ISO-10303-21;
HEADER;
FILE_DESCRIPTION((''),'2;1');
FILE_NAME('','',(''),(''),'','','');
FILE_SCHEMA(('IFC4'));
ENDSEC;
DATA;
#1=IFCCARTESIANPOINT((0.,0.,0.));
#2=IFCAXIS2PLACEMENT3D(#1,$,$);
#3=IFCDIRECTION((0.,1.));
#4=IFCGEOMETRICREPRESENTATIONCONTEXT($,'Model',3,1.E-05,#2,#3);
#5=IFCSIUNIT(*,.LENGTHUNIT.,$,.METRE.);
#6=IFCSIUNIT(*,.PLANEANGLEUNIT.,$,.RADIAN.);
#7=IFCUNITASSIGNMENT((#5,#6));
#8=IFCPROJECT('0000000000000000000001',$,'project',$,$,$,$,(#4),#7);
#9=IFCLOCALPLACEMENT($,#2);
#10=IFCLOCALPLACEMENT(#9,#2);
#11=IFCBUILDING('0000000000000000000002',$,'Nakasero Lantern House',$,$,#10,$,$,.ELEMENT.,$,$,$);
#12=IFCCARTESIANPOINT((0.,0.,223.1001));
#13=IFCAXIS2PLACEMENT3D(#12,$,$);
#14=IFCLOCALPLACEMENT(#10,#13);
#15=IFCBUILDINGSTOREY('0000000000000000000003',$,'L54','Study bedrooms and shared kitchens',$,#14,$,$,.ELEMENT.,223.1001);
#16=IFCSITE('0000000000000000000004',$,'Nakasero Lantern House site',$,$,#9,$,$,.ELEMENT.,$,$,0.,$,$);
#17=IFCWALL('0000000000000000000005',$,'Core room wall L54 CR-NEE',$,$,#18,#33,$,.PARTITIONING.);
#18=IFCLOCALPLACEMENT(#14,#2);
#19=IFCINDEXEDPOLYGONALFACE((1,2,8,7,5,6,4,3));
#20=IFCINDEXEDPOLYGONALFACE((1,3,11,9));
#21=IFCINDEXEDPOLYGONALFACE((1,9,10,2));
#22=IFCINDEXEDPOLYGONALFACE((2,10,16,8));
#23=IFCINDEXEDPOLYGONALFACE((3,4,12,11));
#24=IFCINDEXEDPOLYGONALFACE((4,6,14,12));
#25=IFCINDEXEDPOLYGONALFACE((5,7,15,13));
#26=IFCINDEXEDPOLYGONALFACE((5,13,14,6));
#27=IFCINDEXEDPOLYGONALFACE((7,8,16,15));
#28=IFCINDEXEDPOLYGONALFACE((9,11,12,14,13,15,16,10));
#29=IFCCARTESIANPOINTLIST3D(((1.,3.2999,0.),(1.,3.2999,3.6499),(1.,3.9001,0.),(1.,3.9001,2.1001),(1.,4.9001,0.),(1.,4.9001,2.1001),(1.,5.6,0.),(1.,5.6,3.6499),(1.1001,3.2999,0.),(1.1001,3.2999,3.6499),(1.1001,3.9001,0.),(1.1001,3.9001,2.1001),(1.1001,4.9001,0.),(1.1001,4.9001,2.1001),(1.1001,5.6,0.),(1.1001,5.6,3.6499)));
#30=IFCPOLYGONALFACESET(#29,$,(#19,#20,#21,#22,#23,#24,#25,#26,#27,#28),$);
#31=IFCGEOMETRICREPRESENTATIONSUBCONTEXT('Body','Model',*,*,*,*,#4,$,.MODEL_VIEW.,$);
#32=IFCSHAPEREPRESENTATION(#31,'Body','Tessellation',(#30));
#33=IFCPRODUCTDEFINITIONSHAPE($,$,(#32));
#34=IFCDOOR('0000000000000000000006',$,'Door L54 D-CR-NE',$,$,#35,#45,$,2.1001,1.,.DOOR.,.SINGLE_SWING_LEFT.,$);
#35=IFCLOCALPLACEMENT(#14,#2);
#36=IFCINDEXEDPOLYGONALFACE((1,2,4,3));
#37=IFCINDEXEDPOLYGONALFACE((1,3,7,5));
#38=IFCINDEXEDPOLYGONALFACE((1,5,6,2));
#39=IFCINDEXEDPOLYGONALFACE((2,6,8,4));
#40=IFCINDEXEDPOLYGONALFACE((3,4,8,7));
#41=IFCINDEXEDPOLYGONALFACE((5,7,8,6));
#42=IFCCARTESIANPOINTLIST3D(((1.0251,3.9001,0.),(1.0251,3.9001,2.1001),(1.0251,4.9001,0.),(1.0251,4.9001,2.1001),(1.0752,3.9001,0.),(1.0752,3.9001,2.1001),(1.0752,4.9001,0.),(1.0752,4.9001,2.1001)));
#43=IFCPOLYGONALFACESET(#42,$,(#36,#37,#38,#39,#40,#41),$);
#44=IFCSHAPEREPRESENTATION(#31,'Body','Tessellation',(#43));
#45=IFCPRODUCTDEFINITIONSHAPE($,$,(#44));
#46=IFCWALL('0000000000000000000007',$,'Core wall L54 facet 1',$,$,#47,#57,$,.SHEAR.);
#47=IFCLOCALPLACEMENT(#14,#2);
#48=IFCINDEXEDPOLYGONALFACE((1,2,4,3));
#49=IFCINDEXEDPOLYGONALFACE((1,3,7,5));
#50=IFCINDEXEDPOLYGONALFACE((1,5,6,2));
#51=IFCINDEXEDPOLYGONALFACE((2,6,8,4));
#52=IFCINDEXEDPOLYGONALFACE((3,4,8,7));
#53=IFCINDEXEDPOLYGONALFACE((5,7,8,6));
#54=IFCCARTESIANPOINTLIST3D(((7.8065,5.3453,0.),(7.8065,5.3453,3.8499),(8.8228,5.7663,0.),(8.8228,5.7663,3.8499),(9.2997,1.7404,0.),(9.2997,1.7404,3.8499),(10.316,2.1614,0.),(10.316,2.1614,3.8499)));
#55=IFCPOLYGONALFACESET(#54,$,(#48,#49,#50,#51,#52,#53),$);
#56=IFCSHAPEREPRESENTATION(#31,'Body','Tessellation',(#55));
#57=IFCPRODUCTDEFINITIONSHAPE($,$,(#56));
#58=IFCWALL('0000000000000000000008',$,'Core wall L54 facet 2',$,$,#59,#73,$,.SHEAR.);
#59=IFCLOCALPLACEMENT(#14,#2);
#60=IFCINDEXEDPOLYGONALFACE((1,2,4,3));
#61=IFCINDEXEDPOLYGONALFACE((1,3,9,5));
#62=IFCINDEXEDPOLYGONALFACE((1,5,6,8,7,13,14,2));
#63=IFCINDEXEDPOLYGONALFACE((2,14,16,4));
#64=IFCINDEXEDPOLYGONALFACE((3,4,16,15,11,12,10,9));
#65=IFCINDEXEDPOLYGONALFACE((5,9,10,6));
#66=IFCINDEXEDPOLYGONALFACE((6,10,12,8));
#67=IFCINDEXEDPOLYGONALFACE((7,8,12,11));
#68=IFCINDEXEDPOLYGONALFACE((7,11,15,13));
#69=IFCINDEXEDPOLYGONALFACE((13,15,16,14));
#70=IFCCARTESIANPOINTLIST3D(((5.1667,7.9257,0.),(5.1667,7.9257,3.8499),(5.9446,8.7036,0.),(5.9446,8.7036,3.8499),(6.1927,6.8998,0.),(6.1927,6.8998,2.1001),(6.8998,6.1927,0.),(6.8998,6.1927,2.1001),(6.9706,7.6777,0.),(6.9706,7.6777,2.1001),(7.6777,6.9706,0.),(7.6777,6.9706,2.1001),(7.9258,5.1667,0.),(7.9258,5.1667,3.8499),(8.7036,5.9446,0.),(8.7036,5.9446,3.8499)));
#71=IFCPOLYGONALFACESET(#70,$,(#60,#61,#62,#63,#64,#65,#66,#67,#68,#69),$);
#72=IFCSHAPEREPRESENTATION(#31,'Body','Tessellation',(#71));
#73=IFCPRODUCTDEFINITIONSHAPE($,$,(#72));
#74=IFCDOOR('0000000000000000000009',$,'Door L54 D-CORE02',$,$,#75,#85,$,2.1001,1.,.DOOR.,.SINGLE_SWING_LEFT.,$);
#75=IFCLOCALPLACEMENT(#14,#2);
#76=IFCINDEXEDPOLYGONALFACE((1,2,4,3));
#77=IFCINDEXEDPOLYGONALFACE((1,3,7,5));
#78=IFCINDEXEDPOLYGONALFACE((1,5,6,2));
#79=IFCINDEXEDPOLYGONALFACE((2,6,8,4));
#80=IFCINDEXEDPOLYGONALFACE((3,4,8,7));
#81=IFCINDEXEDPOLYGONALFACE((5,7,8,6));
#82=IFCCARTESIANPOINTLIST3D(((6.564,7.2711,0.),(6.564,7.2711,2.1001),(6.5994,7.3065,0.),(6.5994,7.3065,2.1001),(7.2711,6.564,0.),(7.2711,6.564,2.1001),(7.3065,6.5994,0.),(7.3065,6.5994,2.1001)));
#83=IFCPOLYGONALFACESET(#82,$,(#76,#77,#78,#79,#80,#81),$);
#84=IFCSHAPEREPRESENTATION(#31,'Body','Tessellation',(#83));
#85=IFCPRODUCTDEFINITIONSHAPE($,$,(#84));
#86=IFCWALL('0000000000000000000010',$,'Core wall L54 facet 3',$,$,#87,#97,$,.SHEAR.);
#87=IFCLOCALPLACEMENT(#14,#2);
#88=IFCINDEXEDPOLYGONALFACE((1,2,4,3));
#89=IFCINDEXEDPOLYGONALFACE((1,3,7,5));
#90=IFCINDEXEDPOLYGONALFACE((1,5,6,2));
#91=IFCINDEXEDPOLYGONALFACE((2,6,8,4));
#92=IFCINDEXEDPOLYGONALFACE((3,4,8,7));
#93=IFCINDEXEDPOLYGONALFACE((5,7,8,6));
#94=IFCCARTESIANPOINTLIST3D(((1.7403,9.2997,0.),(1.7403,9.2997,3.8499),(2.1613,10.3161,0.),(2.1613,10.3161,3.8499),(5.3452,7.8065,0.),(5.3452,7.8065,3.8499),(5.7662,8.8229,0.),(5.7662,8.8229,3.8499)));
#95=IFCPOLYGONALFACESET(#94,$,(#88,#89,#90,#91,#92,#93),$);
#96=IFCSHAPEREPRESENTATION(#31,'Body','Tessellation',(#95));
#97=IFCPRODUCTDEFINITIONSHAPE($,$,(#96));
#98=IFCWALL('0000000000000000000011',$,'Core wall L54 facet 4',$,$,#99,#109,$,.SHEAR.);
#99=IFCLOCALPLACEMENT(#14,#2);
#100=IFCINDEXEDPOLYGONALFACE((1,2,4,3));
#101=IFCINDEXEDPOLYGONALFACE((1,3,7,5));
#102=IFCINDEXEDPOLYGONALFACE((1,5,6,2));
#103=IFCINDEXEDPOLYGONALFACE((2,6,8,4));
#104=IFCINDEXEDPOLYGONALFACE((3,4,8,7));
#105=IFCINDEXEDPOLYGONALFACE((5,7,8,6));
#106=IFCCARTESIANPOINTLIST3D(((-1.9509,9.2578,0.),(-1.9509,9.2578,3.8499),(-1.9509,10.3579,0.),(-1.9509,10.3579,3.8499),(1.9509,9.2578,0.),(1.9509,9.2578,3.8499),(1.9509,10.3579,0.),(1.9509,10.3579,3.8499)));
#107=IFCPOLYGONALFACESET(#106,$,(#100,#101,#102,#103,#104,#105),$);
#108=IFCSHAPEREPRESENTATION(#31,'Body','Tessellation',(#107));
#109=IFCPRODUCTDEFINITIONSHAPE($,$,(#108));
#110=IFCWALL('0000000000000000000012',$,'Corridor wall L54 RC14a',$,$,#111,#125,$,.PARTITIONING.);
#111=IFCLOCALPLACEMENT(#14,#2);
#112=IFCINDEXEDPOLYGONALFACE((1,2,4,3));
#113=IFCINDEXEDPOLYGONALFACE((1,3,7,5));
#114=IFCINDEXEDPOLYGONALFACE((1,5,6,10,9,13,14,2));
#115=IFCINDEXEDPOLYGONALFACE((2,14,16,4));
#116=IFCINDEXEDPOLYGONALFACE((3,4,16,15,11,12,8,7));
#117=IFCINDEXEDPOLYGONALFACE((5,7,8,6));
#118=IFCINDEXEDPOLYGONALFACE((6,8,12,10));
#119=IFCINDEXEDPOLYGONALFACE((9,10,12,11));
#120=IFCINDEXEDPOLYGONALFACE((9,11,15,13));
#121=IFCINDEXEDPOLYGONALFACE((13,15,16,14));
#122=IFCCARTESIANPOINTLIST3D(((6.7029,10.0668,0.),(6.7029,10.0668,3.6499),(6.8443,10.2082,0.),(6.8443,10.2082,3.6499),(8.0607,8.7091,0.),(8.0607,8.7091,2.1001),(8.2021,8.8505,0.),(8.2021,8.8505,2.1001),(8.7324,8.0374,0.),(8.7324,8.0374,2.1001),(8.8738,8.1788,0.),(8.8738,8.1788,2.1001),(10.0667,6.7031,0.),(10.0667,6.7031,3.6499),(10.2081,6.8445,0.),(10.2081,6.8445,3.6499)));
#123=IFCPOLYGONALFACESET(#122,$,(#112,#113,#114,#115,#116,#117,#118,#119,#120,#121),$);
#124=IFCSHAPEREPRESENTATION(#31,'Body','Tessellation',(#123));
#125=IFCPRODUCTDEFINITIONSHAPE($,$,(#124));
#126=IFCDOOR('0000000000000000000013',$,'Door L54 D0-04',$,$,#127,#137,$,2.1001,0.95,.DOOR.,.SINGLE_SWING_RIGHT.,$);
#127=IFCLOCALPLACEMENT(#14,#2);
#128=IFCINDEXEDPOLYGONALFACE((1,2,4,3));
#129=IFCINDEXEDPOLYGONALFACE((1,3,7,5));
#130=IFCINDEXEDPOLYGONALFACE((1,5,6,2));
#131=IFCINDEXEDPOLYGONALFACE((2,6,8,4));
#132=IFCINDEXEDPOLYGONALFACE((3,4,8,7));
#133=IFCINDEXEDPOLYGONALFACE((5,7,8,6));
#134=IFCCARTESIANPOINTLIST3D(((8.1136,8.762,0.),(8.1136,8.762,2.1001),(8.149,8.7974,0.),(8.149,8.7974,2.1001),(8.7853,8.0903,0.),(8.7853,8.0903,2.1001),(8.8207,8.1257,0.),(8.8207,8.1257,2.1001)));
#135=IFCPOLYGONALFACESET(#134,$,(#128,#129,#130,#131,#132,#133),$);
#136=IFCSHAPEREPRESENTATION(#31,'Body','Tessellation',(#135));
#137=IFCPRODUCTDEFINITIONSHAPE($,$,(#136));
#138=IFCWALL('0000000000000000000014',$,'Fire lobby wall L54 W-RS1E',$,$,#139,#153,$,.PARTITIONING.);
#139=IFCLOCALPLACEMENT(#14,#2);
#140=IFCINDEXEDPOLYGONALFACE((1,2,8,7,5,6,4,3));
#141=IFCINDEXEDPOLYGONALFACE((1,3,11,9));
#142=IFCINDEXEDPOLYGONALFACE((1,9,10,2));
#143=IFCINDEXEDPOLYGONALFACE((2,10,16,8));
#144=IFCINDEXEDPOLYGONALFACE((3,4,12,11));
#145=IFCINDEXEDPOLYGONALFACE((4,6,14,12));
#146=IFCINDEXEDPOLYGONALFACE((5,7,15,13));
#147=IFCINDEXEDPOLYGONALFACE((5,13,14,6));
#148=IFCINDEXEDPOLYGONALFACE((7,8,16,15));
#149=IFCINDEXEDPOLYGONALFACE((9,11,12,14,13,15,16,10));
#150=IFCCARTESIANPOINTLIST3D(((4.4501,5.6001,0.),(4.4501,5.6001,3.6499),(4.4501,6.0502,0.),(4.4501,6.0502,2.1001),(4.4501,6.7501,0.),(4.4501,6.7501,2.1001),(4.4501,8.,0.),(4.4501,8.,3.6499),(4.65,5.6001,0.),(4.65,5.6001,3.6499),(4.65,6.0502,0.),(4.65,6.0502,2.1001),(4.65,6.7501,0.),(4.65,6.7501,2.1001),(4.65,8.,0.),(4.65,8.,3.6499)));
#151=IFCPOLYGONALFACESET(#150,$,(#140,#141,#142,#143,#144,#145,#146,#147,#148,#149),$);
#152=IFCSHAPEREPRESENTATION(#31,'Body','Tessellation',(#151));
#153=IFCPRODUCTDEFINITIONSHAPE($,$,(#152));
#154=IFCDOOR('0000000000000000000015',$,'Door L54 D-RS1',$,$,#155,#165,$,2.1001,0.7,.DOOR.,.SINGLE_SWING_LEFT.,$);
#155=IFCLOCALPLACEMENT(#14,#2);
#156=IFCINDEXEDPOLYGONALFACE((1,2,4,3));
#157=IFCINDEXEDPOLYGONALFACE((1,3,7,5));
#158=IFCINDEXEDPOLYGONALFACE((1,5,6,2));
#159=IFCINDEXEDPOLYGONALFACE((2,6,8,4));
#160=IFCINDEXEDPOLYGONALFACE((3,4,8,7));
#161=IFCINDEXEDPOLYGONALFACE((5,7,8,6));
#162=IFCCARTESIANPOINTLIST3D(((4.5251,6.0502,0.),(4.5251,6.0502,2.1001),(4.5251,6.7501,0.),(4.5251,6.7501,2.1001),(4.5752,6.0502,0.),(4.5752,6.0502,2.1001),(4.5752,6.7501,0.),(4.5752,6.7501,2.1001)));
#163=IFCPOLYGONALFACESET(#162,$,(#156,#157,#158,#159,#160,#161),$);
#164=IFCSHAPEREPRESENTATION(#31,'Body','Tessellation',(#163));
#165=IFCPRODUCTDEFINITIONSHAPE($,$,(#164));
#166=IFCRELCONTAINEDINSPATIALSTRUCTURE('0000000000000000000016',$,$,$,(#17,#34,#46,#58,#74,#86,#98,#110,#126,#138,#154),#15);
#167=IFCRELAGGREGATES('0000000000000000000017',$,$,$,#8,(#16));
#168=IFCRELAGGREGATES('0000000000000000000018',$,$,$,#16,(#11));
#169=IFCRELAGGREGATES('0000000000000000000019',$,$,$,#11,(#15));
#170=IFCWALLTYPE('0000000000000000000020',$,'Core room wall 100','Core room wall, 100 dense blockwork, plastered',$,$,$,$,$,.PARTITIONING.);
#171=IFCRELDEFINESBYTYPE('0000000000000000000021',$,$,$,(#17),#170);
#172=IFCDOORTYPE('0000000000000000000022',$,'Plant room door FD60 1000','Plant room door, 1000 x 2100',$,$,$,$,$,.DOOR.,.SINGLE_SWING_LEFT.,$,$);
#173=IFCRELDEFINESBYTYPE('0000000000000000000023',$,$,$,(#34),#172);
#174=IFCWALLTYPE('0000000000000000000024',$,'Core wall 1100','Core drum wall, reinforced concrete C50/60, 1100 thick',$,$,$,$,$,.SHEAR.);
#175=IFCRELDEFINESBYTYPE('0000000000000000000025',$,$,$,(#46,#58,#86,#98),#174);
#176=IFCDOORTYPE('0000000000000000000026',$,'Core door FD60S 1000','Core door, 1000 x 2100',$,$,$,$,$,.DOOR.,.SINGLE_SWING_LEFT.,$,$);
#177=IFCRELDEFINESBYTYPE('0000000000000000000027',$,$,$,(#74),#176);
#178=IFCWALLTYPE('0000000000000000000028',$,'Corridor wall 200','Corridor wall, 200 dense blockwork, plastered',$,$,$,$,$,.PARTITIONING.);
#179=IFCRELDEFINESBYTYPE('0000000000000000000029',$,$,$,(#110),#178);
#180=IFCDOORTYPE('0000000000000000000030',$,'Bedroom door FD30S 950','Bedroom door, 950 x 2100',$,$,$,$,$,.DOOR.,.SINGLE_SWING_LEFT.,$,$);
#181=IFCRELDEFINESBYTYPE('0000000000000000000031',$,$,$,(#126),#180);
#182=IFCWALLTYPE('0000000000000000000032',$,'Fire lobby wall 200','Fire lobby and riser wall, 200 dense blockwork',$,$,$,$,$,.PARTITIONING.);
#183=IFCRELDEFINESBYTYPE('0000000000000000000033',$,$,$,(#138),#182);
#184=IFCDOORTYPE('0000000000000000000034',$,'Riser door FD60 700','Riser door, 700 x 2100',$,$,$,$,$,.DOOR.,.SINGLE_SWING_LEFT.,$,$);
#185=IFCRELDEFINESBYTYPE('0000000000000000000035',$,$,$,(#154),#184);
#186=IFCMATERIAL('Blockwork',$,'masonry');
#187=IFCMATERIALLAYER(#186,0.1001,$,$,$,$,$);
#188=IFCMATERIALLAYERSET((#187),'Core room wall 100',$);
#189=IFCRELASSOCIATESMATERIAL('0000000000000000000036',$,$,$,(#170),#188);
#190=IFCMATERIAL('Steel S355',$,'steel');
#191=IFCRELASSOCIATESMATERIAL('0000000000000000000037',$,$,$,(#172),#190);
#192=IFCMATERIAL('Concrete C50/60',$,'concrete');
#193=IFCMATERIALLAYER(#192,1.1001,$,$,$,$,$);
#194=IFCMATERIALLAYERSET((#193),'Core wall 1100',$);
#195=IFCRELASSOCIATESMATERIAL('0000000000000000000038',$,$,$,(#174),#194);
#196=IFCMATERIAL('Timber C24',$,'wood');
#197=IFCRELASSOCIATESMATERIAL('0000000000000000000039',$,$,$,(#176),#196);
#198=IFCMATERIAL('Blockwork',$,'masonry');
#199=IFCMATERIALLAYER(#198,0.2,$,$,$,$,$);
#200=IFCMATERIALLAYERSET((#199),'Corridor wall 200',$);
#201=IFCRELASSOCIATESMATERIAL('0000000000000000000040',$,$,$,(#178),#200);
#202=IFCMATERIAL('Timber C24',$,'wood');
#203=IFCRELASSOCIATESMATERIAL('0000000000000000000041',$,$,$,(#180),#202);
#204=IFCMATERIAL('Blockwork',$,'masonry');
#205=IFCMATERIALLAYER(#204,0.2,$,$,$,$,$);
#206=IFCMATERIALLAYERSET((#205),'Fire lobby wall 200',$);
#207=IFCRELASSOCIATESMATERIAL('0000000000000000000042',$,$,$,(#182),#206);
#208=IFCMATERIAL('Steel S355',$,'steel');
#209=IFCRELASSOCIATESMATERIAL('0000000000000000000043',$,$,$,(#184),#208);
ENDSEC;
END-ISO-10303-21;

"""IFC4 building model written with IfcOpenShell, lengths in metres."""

from ifc_helpers import new_model, si_unit, direction, frame, frame_2d, origin, place, context, subcontext, project, spatial, rectangle, extrude, material, layer, layer_set, type_object, element, fill, save


model = new_model("IFC4")

# Units and contexts
model_context = context("Model", 3, precision=1e-05, world=origin(), true_north=direction((0.0, 1.0)))
body_context = subcontext(model_context, "Body", "Model", "MODEL_VIEW")
ifc_project = project(units=[si_unit("LENGTHUNIT", "METRE"), si_unit("PLANEANGLEUNIT", "RADIAN")], contexts=[model_context])

# Site, building, storey
site_placement = place(None, origin())
site = spatial("IfcSite", under=ifc_project, at=site_placement, Name="Nakasero Lantern House site", CompositionType="ELEMENT", RefElevation=0.0)
building_placement = place(site_placement, origin())
building = spatial("IfcBuilding", under=site, at=building_placement, Name="Nakasero Lantern House", CompositionType="ELEMENT")
storey_placement = place(building_placement, frame((0.0, 0.0, 223.1001)))
storey = spatial("IfcBuildingStorey", under=building, at=storey_placement, Name="L54", Description="Study bedrooms and shared kitchens", CompositionType="ELEMENT", Elevation=223.1001)

# Wall, opening, door
ifc_material_1 = material(Name="Blockwork", Category="masonry")
ifc_layer_1 = layer(ifc_material_1, 0.1001)
ifc_layer_set_1 = layer_set([ifc_layer_1], Name="Core room wall 100")
wall_type_1 = type_object("IfcWallType", Name="Core room wall 100", Description="Core room wall, 100 dense blockwork, plastered", PredefinedType="PARTITIONING", material=ifc_layer_set_1)
wall_1_placement = place(storey_placement, frame((1.05, 3.3, 0.0), z_axis=(0.0, 0.0, 1.0), x_axis=(0.0, 1.0, 0.0)))
wall_1 = element("IfcWall", 1, at=wall_1_placement, inside=storey, type_object=wall_type_1, Name="Core room wall L54 CR-NEE", PredefinedType="PARTITIONING", context=body_context, shape_type="SweptSolid", body=[
    extrude(rectangle(XDim=2.3, YDim=0.1001, at=frame_2d((1.1499, 0.0))), origin(), (0.0, 0.0, 1.0), 3.6499),
])
opening_1_placement = place(wall_1_placement, frame((0.6001, 0.0, 0.0)))
opening_1 = element("IfcOpeningElement", 2, at=opening_1_placement, cuts=wall_1, PredefinedType="OPENING", context=body_context, shape_type="SweptSolid", body=[
    extrude(rectangle(XDim=1.0, YDim=2.1001, at=frame_2d((0.5, 1.05))), frame((0.0, 0.0701, 0.0), z_axis=(0.0, -1.0, 0.0), x_axis=(1.0, 0.0, 0.0)), (0.0, 0.0, 1.0), 0.1401),
])
ifc_material_2 = material(Name="Steel S355", Category="steel")
door_type_1 = type_object("IfcDoorType", Name="Plant room door FD60 1000", Description="Plant room door, 1000 x 2100", OperationType="SINGLE_SWING_LEFT", PredefinedType="DOOR", material=ifc_material_2)
door_1_placement = place(opening_1_placement, origin())
door_1 = element("IfcDoor", 3, at=door_1_placement, inside=storey, type_object=door_type_1, Name="Door L54 D-CR-NE", OperationType="SINGLE_SWING_LEFT", OverallHeight=2.1001, OverallWidth=1.0, PredefinedType="DOOR", context=body_context, shape_type="SweptSolid", body=[
    extrude(rectangle(XDim=1.0, YDim=2.1001, at=frame_2d((0.5, 1.05))), frame((0.0, 0.0249, 0.0), z_axis=(0.0, -1.0, 0.0), x_axis=(1.0, 0.0, 0.0)), (0.0, 0.0, 1.0), 0.05),
])
fill(opening_1, door_1)

# Wall
ifc_material_3 = material(Name="Concrete C50/60", Category="concrete")
ifc_layer_2 = layer(ifc_material_3, 1.1001)
ifc_layer_set_2 = layer_set([ifc_layer_2], Name="Core wall 1100")
wall_type_2 = type_object("IfcWallType", Name="Core wall 1100", Description="Core drum wall, reinforced concrete C50/60, 1100 thick", PredefinedType="SHEAR", material=ifc_layer_set_2)
wall_2_placement = place(storey_placement, frame((9.8079, 1.9509, 0.0), z_axis=(0.0, 0.0, 1.0), x_axis=(-0.382691, 0.923877, 0.0)))
element("IfcWall", 4, at=wall_2_placement, inside=storey, type_object=wall_type_2, Name="Core wall L54 facet 1", PredefinedType="SHEAR", context=body_context, shape_type="SweptSolid", body=[
    extrude(rectangle(XDim=3.9019, YDim=1.1001, at=frame_2d((1.9509, 0.0))), origin(), (0.0, 0.0, 1.0), 3.8499),
])

# Wall, opening, door
wall_3_placement = place(storey_placement, frame((8.3147, 5.5557, 0.0), z_axis=(0.0, 0.0, 1.0), x_axis=(-0.707107, 0.707107, 0.0)))
wall_3 = element("IfcWall", 5, at=wall_3_placement, inside=storey, type_object=wall_type_2, Name="Core wall L54 facet 2", PredefinedType="SHEAR", context=body_context, shape_type="SweptSolid", body=[
    extrude(rectangle(XDim=3.9019, YDim=1.1001, at=frame_2d((1.9509, 0.0))), origin(), (0.0, 0.0, 1.0), 3.8499),
])
opening_2_placement = place(wall_3_placement, frame((1.4509, 0.0, 0.0)))
opening_2 = element("IfcOpeningElement", 6, at=opening_2_placement, cuts=wall_3, PredefinedType="OPENING", context=body_context, shape_type="SweptSolid", body=[
    extrude(rectangle(XDim=1.0, YDim=2.1001, at=frame_2d((0.5, 1.05))), frame((0.0, 0.5701, 0.0), z_axis=(0.0, -1.0, 0.0), x_axis=(1.0, 0.0, 0.0)), (0.0, 0.0, 1.0), 1.1401),
])
ifc_material_4 = material(Name="Timber C24", Category="wood")
door_type_2 = type_object("IfcDoorType", Name="Core door FD60S 1000", Description="Core door, 1000 x 2100", OperationType="SINGLE_SWING_LEFT", PredefinedType="DOOR", material=ifc_material_4)
door_2_placement = place(opening_2_placement, origin())
door_2 = element("IfcDoor", 7, at=door_2_placement, inside=storey, type_object=door_type_2, Name="Door L54 D-CORE02", OperationType="SINGLE_SWING_LEFT", OverallHeight=2.1001, OverallWidth=1.0, PredefinedType="DOOR", context=body_context, shape_type="SweptSolid", body=[
    extrude(rectangle(XDim=1.0, YDim=2.1001, at=frame_2d((0.5, 1.05))), frame((0.0, 0.0249, 0.0), z_axis=(0.0, -1.0, 0.0), x_axis=(1.0, 0.0, 0.0)), (0.0, 0.0, 1.0), 0.05),
])
fill(opening_2, door_2)

# Walls
for number, where, z_axis, x_axis, name in (
    (8, (5.5557, 8.3147, 0.0), (0.0, 0.0, 1.0), (-0.923877, 0.382691, 0.0), "Core wall L54 facet 3"),
    (9, (1.9509, 9.8079, 0.0), (0.0, 0.0, 1.0), (-1.0, 0.0, 0.0), "Core wall L54 facet 4"),
):
    element("IfcWall", number, at=place(storey_placement, frame(where, z_axis=z_axis, x_axis=x_axis)), inside=storey, type_object=wall_type_2, Name=name, PredefinedType="SHEAR", context=body_context, shape_type="SweptSolid", body=[
        extrude(rectangle(XDim=3.9019, YDim=1.1001, at=frame_2d((1.9509, 0.0))), origin(), (0.0, 0.0, 1.0), 3.8499),
    ])

# Walls, openings, doors
ifc_material_5 = material(Name="Blockwork", Category="masonry")
ifc_layer_3 = layer(ifc_material_5, 0.2)
ifc_layer_set_3 = layer_set([ifc_layer_3], Name="Corridor wall 200")
wall_type_3 = type_object("IfcWallType", Name="Corridor wall 200", Description="Corridor wall, 200 dense blockwork, plastered", PredefinedType="PARTITIONING", material=ifc_layer_set_3)
wall_4_placement = place(storey_placement, frame((6.7737, 10.1375, 0.0), z_axis=(0.0, 0.0, 1.0), x_axis=(0.707107, -0.707107, 0.0)))
wall_4 = element("IfcWall", 10, at=wall_4_placement, inside=storey, type_object=wall_type_3, Name="Corridor wall L54 RC14a", PredefinedType="PARTITIONING", context=body_context, shape_type="SweptSolid", body=[
    extrude(rectangle(XDim=4.7571, YDim=0.2, at=frame_2d((2.3784, 0.0))), origin(), (0.0, 0.0, 1.0), 3.6499),
])
opening_3_placement = place(wall_4_placement, frame((1.9199, 0.0, 0.0)))
opening_3 = element("IfcOpeningElement", 11, at=opening_3_placement, cuts=wall_4, PredefinedType="OPENING", context=body_context, shape_type="SweptSolid", body=[
    extrude(rectangle(XDim=0.95, YDim=2.1001, at=frame_2d((0.4751, 1.05))), frame((0.0, 0.1199, 0.0), z_axis=(0.0, -1.0, 0.0), x_axis=(1.0, 0.0, 0.0)), (0.0, 0.0, 1.0), 0.24),
])
ifc_material_6 = material(Name="Timber C24", Category="wood")
door_type_3 = type_object("IfcDoorType", Name="Bedroom door FD30S 950", Description="Bedroom door, 950 x 2100", OperationType="SINGLE_SWING_LEFT", PredefinedType="DOOR", material=ifc_material_6)
door_3_placement = place(opening_3_placement, origin())
door_3 = element("IfcDoor", 12, at=door_3_placement, inside=storey, type_object=door_type_3, Name="Door L54 D0-04", OperationType="SINGLE_SWING_RIGHT", OverallHeight=2.1001, OverallWidth=0.95, PredefinedType="DOOR", context=body_context, shape_type="SweptSolid", body=[
    extrude(rectangle(XDim=0.95, YDim=2.1001, at=frame_2d((0.4751, 1.05))), frame((0.0, 0.0249, 0.0), z_axis=(0.0, -1.0, 0.0), x_axis=(1.0, 0.0, 0.0)), (0.0, 0.0, 1.0), 0.05),
])
fill(opening_3, door_3)
ifc_material_7 = material(Name="Blockwork", Category="masonry")
ifc_layer_4 = layer(ifc_material_7, 0.2)
ifc_layer_set_4 = layer_set([ifc_layer_4], Name="Fire lobby wall 200")
wall_type_4 = type_object("IfcWallType", Name="Fire lobby wall 200", Description="Fire lobby and riser wall, 200 dense blockwork", PredefinedType="PARTITIONING", material=ifc_layer_set_4)
wall_5_placement = place(storey_placement, frame((4.55, 5.6001, 0.0), z_axis=(0.0, 0.0, 1.0), x_axis=(0.0, 1.0, 0.0)))
wall_5 = element("IfcWall", 13, at=wall_5_placement, inside=storey, type_object=wall_type_4, Name="Fire lobby wall L54 W-RS1E", PredefinedType="PARTITIONING", context=body_context, shape_type="SweptSolid", body=[
    extrude(rectangle(XDim=2.3999, YDim=0.2, at=frame_2d((1.2, 0.0))), origin(), (0.0, 0.0, 1.0), 3.6499),
])
opening_4_placement = place(wall_5_placement, frame((0.45, 0.0, 0.0)))
opening_4 = element("IfcOpeningElement", 14, at=opening_4_placement, cuts=wall_5, PredefinedType="OPENING", context=body_context, shape_type="SweptSolid", body=[
    extrude(rectangle(XDim=0.7, YDim=2.1001, at=frame_2d((0.3501, 1.05))), frame((0.0, 0.1199, 0.0), z_axis=(0.0, -1.0, 0.0), x_axis=(1.0, 0.0, 0.0)), (0.0, 0.0, 1.0), 0.24),
])
ifc_material_8 = material(Name="Steel S355", Category="steel")
door_type_4 = type_object("IfcDoorType", Name="Riser door FD60 700", Description="Riser door, 700 x 2100", OperationType="SINGLE_SWING_LEFT", PredefinedType="DOOR", material=ifc_material_8)
door_4_placement = place(opening_4_placement, origin())
door_4 = element("IfcDoor", 15, at=door_4_placement, inside=storey, type_object=door_type_4, Name="Door L54 D-RS1", OperationType="SINGLE_SWING_LEFT", OverallHeight=2.1001, OverallWidth=0.7, PredefinedType="DOOR", context=body_context, shape_type="SweptSolid", body=[
    extrude(rectangle(XDim=0.7, YDim=2.1001, at=frame_2d((0.3501, 1.05))), frame((0.0, 0.0249, 0.0), z_axis=(0.0, -1.0, 0.0), x_axis=(1.0, 0.0, 0.0)), (0.0, 0.0, 1.0), 0.05),
])
fill(opening_4, door_4)

save(model, "model.ifc")
